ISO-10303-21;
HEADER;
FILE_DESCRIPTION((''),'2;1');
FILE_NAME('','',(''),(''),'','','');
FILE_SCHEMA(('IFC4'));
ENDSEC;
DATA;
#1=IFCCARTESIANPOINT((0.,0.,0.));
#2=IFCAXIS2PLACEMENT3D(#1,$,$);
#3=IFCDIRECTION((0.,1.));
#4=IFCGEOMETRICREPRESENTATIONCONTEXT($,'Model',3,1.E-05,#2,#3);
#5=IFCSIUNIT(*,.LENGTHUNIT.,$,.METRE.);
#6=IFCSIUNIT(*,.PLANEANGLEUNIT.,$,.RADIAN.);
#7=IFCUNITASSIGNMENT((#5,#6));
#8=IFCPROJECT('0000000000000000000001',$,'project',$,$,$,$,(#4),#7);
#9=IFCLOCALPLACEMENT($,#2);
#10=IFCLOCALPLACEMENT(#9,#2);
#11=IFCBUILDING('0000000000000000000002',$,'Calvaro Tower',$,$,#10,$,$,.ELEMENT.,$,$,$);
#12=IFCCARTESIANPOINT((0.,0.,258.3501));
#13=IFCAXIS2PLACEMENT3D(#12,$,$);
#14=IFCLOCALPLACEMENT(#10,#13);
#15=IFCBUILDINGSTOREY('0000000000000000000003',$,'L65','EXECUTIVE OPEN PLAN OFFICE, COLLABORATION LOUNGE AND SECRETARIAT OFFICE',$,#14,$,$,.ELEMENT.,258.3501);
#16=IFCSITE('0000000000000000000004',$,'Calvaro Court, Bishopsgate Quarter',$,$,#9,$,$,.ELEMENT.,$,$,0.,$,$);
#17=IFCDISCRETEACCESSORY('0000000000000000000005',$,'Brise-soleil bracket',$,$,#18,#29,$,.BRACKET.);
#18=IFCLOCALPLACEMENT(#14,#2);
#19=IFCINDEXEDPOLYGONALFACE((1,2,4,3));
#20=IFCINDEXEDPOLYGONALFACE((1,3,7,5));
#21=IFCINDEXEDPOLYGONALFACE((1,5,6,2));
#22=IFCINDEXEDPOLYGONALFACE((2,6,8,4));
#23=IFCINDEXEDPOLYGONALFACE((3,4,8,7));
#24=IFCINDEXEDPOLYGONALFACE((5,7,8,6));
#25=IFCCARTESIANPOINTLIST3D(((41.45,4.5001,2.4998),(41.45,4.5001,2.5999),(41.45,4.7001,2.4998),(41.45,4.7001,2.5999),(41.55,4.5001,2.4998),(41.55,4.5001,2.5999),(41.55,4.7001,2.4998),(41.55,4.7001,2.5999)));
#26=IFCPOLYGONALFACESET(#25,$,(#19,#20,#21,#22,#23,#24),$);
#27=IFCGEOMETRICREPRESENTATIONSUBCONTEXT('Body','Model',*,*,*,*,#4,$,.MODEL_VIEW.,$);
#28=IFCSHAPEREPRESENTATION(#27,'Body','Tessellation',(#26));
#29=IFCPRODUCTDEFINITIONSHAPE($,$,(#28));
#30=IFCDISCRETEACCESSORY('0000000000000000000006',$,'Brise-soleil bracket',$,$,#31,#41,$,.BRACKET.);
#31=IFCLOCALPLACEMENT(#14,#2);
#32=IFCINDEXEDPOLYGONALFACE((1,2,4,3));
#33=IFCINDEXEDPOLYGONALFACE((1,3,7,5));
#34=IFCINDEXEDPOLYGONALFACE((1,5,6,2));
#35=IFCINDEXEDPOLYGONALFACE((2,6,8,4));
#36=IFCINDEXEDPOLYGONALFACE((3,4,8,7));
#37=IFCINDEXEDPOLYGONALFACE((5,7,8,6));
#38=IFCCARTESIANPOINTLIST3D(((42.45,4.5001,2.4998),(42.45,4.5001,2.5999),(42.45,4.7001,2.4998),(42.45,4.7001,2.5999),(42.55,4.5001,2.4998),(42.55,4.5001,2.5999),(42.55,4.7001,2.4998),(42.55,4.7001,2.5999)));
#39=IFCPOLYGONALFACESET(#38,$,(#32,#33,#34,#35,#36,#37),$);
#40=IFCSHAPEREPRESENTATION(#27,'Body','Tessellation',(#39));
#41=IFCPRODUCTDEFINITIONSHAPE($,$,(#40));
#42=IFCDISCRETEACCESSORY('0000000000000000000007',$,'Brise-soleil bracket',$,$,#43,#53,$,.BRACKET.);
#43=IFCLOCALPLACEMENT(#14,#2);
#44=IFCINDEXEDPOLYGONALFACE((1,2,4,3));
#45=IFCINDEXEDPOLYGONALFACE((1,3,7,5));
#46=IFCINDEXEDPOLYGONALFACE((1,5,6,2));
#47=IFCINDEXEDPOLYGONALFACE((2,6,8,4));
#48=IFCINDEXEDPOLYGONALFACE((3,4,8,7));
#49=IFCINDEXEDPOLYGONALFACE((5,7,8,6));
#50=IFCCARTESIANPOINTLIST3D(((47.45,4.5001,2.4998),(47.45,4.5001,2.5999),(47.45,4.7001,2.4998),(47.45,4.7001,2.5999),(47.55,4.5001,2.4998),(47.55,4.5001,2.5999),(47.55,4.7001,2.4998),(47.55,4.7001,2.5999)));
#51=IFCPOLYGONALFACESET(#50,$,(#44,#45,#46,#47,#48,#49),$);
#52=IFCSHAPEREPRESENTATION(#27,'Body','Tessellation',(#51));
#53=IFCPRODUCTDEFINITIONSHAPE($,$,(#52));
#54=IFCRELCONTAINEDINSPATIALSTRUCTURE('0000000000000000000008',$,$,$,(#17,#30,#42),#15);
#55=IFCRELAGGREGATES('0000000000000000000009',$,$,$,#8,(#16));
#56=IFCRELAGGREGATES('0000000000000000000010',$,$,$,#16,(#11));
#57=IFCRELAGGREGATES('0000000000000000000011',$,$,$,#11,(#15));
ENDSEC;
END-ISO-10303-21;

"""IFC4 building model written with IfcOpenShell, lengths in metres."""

from ifc_helpers import new_model, si_unit, direction, frame, origin, origin_2d, place, context, subcontext, project, spatial, rectangle, extrude, element, save


model = new_model("IFC4")

# Units and contexts
model_context = context("Model", 3, precision=1e-05, world=origin(), true_north=direction((0.0, 1.0)))
body_context = subcontext(model_context, "Body", "Model", "MODEL_VIEW")
ifc_project = project(units=[si_unit("LENGTHUNIT", "METRE"), si_unit("PLANEANGLEUNIT", "RADIAN")], contexts=[model_context])

# Site, building, storey
site_placement = place(None, origin())
site = spatial("IfcSite", under=ifc_project, at=site_placement, Name="Calvaro Court, Bishopsgate Quarter", CompositionType="ELEMENT", RefElevation=0.0)
building_placement = place(site_placement, origin())
building = spatial("IfcBuilding", under=site, at=building_placement, Name="Calvaro Tower", CompositionType="ELEMENT")
storey_placement = place(building_placement, frame((0.0, 0.0, 258.3501)))
storey = spatial("IfcBuildingStorey", under=building, at=storey_placement, Name="L65", Description="EXECUTIVE OPEN PLAN OFFICE, COLLABORATION LOUNGE AND SECRETARIAT OFFICE", CompositionType="ELEMENT", Elevation=258.3501)

# Discrete accessories
for number, where, z_axis, x_axis, name in (
    (1, (41.5, 4.6001, 2.4998), (0.0, 0.0, 1.0), (1.0, 0.0, 0.0), "Brise-soleil bracket"),
    (2, (42.5, 4.6001, 2.4998), (0.0, 0.0, 1.0), (1.0, 0.0, 0.0), "Brise-soleil bracket"),
    (3, (47.5, 4.6001, 2.4998), (0.0, 0.0, 1.0), (1.0, 0.0, 0.0), "Brise-soleil bracket"),
):
    element("IfcDiscreteAccessory", number, at=place(storey_placement, frame(where, z_axis=z_axis, x_axis=x_axis)), inside=storey, Name=name, PredefinedType="BRACKET", context=body_context, shape_type="SweptSolid", body=[
        extrude(rectangle(XDim=0.1001, YDim=0.2, at=origin_2d()), origin(), (0.0, 0.0, 1.0), 0.1001),
    ])

save(model, "model.ifc")
